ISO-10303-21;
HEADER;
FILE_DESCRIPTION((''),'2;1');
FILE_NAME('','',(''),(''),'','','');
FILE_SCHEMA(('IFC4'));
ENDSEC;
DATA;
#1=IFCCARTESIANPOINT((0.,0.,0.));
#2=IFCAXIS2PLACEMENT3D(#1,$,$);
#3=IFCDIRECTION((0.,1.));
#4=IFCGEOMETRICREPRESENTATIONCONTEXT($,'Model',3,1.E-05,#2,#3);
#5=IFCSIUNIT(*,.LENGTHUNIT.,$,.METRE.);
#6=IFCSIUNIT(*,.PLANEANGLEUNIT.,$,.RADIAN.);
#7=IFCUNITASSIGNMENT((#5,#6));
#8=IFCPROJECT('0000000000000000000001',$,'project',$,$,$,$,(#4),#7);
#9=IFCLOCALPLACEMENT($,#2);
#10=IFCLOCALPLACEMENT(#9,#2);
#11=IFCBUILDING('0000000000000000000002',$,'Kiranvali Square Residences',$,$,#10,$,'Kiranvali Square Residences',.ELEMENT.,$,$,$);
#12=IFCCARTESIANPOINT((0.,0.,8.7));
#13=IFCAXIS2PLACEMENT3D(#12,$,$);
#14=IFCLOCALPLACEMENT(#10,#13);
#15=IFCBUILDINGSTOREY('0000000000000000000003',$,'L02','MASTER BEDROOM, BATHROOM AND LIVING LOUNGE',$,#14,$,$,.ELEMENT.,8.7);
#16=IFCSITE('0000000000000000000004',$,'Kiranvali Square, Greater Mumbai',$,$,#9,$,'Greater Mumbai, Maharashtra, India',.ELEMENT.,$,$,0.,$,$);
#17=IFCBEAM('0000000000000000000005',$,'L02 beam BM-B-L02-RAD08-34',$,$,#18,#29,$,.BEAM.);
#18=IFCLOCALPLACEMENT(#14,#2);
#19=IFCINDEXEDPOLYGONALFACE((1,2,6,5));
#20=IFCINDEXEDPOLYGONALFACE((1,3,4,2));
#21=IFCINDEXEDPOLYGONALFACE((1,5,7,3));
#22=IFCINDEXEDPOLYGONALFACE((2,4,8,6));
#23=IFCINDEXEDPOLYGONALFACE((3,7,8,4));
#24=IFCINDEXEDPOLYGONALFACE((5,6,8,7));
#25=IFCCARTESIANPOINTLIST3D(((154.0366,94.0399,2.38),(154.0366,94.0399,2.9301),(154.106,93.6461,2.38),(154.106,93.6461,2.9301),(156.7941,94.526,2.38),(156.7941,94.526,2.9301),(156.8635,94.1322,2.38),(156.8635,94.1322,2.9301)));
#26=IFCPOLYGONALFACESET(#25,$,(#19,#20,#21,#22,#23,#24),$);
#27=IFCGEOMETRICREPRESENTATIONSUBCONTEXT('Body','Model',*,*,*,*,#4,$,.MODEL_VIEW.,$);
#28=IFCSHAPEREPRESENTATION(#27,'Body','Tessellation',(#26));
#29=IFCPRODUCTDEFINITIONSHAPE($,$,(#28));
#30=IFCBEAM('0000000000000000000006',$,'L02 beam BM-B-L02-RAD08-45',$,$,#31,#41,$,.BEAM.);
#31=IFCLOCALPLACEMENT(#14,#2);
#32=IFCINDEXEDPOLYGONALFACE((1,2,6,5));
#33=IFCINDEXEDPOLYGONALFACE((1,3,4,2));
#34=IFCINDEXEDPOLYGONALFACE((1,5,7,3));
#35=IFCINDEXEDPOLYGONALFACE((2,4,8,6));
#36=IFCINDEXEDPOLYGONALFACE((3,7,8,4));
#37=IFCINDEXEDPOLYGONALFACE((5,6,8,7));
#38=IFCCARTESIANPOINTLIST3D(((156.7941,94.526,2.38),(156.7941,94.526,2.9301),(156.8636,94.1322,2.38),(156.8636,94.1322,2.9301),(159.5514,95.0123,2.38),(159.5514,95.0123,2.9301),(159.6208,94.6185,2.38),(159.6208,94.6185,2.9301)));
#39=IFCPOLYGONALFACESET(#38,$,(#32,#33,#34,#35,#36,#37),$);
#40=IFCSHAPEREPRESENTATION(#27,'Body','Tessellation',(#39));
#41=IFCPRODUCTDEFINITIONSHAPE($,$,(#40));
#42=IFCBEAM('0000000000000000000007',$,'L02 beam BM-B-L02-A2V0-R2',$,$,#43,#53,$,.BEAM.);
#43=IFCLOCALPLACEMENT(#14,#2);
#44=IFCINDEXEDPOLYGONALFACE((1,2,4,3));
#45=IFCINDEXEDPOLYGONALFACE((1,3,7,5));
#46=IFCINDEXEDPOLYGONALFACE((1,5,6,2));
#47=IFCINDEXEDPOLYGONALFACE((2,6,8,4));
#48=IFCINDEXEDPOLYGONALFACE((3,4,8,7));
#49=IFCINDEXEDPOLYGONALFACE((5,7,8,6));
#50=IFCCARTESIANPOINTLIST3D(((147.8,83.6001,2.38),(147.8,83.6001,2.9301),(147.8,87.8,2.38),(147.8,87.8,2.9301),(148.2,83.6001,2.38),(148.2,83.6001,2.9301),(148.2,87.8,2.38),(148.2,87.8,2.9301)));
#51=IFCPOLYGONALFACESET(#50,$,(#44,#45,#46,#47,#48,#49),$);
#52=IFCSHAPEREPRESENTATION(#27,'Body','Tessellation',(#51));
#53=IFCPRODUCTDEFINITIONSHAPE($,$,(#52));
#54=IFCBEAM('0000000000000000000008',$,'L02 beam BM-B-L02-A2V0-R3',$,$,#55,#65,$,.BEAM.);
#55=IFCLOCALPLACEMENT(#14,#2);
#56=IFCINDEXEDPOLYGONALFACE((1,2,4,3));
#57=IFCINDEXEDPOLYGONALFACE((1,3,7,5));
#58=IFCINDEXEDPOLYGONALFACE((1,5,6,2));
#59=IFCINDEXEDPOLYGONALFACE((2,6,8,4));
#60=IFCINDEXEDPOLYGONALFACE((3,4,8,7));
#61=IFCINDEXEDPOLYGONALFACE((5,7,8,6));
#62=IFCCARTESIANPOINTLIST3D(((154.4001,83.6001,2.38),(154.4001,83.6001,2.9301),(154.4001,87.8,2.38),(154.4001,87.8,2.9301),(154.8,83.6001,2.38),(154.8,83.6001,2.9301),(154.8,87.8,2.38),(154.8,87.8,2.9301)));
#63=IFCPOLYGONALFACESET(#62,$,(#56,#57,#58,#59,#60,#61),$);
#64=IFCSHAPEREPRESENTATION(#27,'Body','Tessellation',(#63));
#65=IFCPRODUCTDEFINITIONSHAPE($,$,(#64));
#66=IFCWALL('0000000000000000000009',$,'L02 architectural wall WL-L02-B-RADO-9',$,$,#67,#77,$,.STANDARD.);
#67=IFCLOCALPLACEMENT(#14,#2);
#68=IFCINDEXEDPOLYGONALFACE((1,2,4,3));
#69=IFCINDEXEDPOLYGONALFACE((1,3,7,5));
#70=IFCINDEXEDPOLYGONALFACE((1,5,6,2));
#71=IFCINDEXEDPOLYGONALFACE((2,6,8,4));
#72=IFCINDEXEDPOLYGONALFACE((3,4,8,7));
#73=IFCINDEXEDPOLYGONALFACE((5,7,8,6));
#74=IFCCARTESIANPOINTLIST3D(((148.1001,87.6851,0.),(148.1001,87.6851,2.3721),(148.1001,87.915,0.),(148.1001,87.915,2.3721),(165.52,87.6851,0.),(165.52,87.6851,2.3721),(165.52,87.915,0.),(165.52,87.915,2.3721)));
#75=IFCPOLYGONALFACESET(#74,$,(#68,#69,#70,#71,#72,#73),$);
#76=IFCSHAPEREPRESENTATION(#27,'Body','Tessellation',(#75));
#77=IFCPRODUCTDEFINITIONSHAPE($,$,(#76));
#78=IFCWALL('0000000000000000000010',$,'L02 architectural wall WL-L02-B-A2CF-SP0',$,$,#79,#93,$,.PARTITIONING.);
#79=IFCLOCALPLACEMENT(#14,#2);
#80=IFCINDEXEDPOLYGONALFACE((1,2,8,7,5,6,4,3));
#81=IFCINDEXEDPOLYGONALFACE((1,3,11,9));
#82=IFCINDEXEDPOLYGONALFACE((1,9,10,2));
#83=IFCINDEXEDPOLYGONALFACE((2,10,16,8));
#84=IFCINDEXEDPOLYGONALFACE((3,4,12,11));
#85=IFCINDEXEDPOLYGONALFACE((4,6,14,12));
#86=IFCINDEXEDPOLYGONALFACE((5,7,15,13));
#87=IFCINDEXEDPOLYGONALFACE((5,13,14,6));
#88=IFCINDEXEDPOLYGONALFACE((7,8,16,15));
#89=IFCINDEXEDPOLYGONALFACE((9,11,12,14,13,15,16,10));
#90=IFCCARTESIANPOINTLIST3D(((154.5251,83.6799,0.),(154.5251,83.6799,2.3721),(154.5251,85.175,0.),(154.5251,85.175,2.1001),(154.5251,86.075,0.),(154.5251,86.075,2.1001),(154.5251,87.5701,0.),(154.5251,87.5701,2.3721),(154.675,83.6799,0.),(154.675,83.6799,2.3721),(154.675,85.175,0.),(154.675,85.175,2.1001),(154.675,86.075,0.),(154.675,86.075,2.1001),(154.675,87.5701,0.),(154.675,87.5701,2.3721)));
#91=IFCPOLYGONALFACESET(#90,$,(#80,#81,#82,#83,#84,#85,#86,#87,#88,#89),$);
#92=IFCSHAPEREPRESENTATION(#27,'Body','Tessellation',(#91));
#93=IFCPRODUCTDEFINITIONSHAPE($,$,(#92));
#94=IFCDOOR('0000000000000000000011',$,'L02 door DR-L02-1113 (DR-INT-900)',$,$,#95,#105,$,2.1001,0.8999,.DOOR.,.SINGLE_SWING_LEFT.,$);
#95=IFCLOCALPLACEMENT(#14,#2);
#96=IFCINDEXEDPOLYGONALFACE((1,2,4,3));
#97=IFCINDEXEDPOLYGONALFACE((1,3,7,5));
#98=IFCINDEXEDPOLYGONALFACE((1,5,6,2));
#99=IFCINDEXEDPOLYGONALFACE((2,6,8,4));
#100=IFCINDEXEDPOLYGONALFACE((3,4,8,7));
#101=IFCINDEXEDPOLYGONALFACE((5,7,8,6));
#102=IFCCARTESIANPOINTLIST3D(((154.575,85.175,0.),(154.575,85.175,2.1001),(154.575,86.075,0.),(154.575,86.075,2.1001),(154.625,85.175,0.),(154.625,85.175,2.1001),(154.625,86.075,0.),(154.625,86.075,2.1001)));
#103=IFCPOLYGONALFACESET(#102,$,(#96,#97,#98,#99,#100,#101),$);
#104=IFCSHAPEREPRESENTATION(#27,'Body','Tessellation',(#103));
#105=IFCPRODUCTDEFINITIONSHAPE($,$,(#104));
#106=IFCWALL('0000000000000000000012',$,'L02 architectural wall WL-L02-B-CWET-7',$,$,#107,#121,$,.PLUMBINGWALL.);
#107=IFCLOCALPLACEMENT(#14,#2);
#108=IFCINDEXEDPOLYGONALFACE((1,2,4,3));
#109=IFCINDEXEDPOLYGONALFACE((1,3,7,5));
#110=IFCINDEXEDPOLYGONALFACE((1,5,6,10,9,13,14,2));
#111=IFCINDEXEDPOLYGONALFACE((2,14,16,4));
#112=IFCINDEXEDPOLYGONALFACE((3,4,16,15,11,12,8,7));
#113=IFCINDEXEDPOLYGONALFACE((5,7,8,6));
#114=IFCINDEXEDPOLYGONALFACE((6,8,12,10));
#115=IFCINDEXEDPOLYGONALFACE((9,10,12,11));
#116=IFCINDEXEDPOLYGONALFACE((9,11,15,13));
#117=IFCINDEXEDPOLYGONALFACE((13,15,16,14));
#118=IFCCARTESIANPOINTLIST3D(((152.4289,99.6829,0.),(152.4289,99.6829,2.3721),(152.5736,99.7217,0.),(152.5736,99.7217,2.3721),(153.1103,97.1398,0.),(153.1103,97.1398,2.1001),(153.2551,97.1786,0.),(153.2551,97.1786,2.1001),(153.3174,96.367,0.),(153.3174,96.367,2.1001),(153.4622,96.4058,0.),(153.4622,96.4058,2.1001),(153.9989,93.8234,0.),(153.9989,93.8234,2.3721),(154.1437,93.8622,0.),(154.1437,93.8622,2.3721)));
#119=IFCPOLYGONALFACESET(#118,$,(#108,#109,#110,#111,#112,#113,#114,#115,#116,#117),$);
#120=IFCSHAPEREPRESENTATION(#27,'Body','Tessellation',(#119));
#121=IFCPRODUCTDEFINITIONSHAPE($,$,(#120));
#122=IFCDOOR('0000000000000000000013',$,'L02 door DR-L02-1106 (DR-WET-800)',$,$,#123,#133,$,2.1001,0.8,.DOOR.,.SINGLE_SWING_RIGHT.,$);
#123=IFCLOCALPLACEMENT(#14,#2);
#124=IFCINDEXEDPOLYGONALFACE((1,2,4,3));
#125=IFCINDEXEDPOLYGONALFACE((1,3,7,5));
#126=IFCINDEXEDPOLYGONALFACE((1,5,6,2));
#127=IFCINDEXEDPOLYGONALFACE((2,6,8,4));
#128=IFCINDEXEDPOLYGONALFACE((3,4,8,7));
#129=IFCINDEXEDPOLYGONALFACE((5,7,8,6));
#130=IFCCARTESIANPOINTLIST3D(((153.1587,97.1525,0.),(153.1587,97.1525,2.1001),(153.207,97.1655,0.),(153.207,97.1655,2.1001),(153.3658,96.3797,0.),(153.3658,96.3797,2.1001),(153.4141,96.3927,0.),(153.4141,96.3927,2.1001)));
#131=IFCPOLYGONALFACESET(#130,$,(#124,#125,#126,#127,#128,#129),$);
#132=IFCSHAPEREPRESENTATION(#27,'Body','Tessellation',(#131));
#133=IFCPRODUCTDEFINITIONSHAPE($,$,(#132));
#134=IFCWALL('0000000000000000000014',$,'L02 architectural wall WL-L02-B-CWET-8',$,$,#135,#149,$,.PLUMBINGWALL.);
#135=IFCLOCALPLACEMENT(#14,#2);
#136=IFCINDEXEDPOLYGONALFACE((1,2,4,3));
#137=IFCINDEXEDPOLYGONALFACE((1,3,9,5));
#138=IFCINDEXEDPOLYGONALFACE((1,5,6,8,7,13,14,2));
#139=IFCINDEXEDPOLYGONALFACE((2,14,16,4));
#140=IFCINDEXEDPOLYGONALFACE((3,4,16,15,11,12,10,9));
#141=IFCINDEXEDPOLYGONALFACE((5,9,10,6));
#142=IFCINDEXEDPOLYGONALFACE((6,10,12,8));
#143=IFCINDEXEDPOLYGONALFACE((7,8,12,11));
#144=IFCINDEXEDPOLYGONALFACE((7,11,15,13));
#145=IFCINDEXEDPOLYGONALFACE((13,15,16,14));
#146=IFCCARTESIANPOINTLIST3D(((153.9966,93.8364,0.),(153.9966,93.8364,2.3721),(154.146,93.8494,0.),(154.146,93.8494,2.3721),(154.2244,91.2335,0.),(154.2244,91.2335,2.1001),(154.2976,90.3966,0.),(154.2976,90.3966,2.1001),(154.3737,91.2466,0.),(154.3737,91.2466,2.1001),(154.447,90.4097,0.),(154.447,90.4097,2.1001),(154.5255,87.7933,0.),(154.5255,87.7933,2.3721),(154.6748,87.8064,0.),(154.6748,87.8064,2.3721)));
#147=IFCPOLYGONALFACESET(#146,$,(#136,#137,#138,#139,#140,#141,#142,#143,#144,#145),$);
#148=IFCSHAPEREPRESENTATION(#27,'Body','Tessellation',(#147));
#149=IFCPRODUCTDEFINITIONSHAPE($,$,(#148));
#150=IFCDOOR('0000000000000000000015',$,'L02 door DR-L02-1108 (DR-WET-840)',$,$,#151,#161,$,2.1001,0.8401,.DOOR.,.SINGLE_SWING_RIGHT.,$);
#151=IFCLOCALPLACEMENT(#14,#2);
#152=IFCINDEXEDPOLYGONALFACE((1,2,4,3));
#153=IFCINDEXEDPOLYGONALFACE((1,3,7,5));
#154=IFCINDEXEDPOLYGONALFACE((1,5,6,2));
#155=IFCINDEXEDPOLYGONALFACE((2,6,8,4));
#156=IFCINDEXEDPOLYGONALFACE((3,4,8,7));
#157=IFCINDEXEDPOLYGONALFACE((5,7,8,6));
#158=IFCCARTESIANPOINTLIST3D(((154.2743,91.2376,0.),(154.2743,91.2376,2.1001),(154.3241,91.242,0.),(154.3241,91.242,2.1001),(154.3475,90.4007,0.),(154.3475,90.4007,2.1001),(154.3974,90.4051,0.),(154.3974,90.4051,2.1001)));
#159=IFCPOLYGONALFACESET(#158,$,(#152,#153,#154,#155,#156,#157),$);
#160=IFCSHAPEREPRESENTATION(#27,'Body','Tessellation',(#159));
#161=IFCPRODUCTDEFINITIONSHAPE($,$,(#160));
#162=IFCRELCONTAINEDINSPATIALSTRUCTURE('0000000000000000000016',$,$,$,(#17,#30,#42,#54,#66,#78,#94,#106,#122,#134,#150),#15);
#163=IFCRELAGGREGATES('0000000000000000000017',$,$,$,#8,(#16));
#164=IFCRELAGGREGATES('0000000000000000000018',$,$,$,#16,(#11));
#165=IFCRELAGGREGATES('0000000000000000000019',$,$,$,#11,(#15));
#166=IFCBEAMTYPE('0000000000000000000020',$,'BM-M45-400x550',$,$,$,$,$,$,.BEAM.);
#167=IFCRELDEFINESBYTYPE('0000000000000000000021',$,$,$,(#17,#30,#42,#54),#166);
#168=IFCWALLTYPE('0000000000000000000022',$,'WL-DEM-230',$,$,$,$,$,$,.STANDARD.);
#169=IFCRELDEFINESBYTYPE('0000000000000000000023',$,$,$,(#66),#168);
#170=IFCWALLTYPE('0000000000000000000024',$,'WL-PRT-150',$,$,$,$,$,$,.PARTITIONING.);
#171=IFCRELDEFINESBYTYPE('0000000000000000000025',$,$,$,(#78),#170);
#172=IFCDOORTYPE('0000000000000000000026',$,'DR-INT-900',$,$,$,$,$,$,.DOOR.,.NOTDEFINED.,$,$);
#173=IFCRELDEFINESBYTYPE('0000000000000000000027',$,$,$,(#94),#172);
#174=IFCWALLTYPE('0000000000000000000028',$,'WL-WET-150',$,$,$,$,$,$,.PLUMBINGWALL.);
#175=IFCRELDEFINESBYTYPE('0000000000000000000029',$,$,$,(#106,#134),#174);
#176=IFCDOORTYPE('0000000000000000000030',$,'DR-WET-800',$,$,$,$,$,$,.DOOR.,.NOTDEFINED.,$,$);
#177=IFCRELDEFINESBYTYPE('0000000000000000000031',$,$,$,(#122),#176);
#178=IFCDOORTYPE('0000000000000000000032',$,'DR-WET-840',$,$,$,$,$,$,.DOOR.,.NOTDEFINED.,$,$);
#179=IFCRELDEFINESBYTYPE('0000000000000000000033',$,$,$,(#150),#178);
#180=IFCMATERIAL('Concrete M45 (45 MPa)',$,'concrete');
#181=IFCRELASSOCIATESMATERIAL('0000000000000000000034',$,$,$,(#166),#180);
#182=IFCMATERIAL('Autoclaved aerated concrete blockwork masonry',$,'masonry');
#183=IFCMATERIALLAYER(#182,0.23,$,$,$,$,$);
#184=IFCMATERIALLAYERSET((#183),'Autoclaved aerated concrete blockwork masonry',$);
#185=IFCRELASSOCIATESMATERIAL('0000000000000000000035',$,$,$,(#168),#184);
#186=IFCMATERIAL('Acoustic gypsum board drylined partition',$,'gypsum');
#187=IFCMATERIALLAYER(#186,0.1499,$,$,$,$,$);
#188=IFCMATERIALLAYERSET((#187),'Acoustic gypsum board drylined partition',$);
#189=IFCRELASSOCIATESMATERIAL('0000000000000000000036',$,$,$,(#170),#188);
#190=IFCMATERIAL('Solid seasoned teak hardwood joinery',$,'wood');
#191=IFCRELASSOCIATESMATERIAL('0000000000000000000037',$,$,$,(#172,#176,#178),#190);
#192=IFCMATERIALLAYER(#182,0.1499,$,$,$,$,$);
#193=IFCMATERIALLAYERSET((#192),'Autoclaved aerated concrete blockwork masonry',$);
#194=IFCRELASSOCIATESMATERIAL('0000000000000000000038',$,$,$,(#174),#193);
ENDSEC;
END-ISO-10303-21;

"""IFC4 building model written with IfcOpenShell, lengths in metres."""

from ifc_helpers import new_model, si_unit, direction, frame, frame_2d, origin, origin_2d, place, context, subcontext, project, spatial, rectangle, extrude, material, layer, layer_set, material_profile, profile_set, type_object, element, fill, save


model = new_model("IFC4")

# Units and contexts
model_context = context("Model", 3, precision=1e-05, world=origin(), true_north=direction((0.0, 1.0)))
body_context = subcontext(model_context, "Body", "Model", "MODEL_VIEW")
ifc_project = project(units=[si_unit("LENGTHUNIT", "METRE"), si_unit("PLANEANGLEUNIT", "RADIAN")], contexts=[model_context])

# Site, building, storey
site_placement = place(None, origin())
site = spatial("IfcSite", under=ifc_project, at=site_placement, Name="Kiranvali Square, Greater Mumbai", LongName="Greater Mumbai, Maharashtra, India", CompositionType="ELEMENT", RefElevation=0.0)
building_placement = place(site_placement, origin())
building = spatial("IfcBuilding", under=site, at=building_placement, Name="Kiranvali Square Residences", LongName="Kiranvali Square Residences", CompositionType="ELEMENT")
storey_placement = place(building_placement, frame((0.0, 0.0, 8.7)))
storey = spatial("IfcBuildingStorey", under=building, at=storey_placement, Name="L02", Description="MASTER BEDROOM, BATHROOM AND LIVING LOUNGE", CompositionType="ELEMENT", Elevation=8.7)

# Shared definitions
ifc_material_1 = material(Name="Concrete M45 (45 MPa)", Category="concrete")

# Beams
ifc_material_profile_1 = material_profile(ifc_material_1, rectangle(XDim=0.3999, YDim=0.55, at=origin_2d()), Name="RC 400x550")
ifc_profile_set_1 = profile_set([ifc_material_profile_1], Name="Concrete M45 (45 MPa)")
beam_type_1 = type_object("IfcBeamType", Name="BM-M45-400x550", PredefinedType="BEAM", material=ifc_profile_set_1)
beam_1_placement = place(storey_placement, frame((154.0713, 93.843, 2.655), z_axis=(0.984817, 0.173596, 0.0), x_axis=(-0.173596, 0.984817, 0.0)))
element("IfcBeam", 1, at=beam_1_placement, inside=storey, type_object=beam_type_1, Name="L02 beam BM-B-L02-RAD08-34", PredefinedType="BEAM", context=body_context, shape_type="SweptSolid", body=[
    extrude(rectangle(XDim=0.3999, YDim=0.55, at=origin_2d()), origin(), (0.0, 0.0, 1.0), 2.8),
])
beam_2_placement = place(storey_placement, frame((156.8289, 94.3291, 2.655), z_axis=(0.984799, 0.173696, 0.0), x_axis=(-0.173696, 0.984799, 0.0)))
element("IfcBeam", 2, at=beam_2_placement, inside=storey, type_object=beam_type_1, Name="L02 beam BM-B-L02-RAD08-45", PredefinedType="BEAM", context=body_context, shape_type="SweptSolid", body=[
    extrude(rectangle(XDim=0.3999, YDim=0.55, at=origin_2d()), origin(), (0.0, 0.0, 1.0), 2.7998),
])
for number, where, z_axis, x_axis, name in (
    (3, (148.0, 87.8, 2.655), (0.0, -1.0, 0.0), (1.0, 0.0, 0.0), "L02 beam BM-B-L02-A2V0-R2"),
    (4, (154.6001, 87.8, 2.655), (0.0, -1.0, 0.0), (1.0, 0.0, 0.0), "L02 beam BM-B-L02-A2V0-R3"),
):
    element("IfcBeam", number, at=place(storey_placement, frame(where, z_axis=z_axis, x_axis=x_axis)), inside=storey, type_object=beam_type_1, Name=name, PredefinedType="BEAM", context=body_context, shape_type="SweptSolid", body=[
        extrude(rectangle(XDim=0.3999, YDim=0.55, at=origin_2d()), origin(), (0.0, 0.0, 1.0), 4.2),
    ])

# Wall
ifc_material_2 = material(Name="Autoclaved aerated concrete blockwork masonry", Category="masonry")
ifc_layer_1 = layer(ifc_material_2, 0.23)
ifc_layer_set_1 = layer_set([ifc_layer_1], Name="Autoclaved aerated concrete blockwork masonry")
wall_type_1 = type_object("IfcWallType", Name="WL-DEM-230", PredefinedType="STANDARD", material=ifc_layer_set_1)
wall_1_placement = place(storey_placement, frame((148.1001, 87.8, 0.0), z_axis=(0.0, 0.0, 1.0), x_axis=(1.0, 0.0, 0.0)))
element("IfcWall", 5, at=wall_1_placement, inside=storey, type_object=wall_type_1, Name="L02 architectural wall WL-L02-B-RADO-9", PredefinedType="STANDARD", context=body_context, shape_type="SweptSolid", body=[
    extrude(rectangle(XDim=17.4199, YDim=0.23, at=frame_2d((8.71, 0.0))), origin(), (0.0, 0.0, 1.0), 2.3721),
])

# Walls, openings, doors
ifc_material_3 = material(Name="Acoustic gypsum board drylined partition", Category="gypsum")
ifc_layer_2 = layer(ifc_material_3, 0.1499)
ifc_layer_set_2 = layer_set([ifc_layer_2], Name="Acoustic gypsum board drylined partition")
wall_type_2 = type_object("IfcWallType", Name="WL-PRT-150", PredefinedType="PARTITIONING", material=ifc_layer_set_2)
wall_2_placement = place(storey_placement, frame((154.6001, 87.5701, 0.0), z_axis=(0.0, 0.0, 1.0), x_axis=(0.0, -1.0, 0.0)))
wall_2 = element("IfcWall", 6, at=wall_2_placement, inside=storey, type_object=wall_type_2, Name="L02 architectural wall WL-L02-B-A2CF-SP0", PredefinedType="PARTITIONING", context=body_context, shape_type="SweptSolid", body=[
    extrude(rectangle(XDim=3.8901, YDim=0.1499, at=frame_2d((1.9451, 0.0))), origin(), (0.0, 0.0, 1.0), 2.3721),
])
opening_1_placement = place(wall_2_placement, frame((1.4951, 0.0, 0.0)))
opening_1 = element("IfcOpeningElement", 7, at=opening_1_placement, cuts=wall_2, PredefinedType="OPENING", context=body_context, shape_type="SweptSolid", body=[
    extrude(rectangle(XDim=0.8999, YDim=2.1001, at=frame_2d((0.45, 1.05))), frame((0.0, 0.085, 0.0), z_axis=(0.0, -1.0, 0.0), x_axis=(1.0, 0.0, 0.0)), (0.0, 0.0, 1.0), 0.1699),
])
ifc_material_4 = material(Name="Solid seasoned teak hardwood joinery", Category="wood")
door_type_1 = type_object("IfcDoorType", Name="DR-INT-900", OperationType="NOTDEFINED", PredefinedType="DOOR", material=ifc_material_4)
door_1_placement = place(opening_1_placement, origin())
door_1 = element("IfcDoor", 8, at=door_1_placement, inside=storey, type_object=door_type_1, Name="L02 door DR-L02-1113 (DR-INT-900)", OperationType="SINGLE_SWING_LEFT", OverallHeight=2.1001, OverallWidth=0.8999, PredefinedType="DOOR", context=body_context, shape_type="SweptSolid", body=[
    extrude(rectangle(XDim=0.8999, YDim=2.1001, at=frame_2d((0.45, 1.05))), frame((0.0, 0.0249, 0.0), z_axis=(0.0, -1.0, 0.0), x_axis=(1.0, 0.0, 0.0)), (0.0, 0.0, 1.0), 0.05),
])
fill(opening_1, door_1)
ifc_layer_3 = layer(ifc_material_2, 0.1499)
ifc_layer_set_3 = layer_set([ifc_layer_3], Name="Autoclaved aerated concrete blockwork masonry")
wall_type_3 = type_object("IfcWallType", Name="WL-WET-150", PredefinedType="PLUMBINGWALL", material=ifc_layer_set_3)
wall_3_placement = place(storey_placement, frame((152.5012, 99.7024, 0.0), z_axis=(0.0, 0.0, 1.0), x_axis=(0.258827, -0.965924, 0.0)))
wall_3 = element("IfcWall", 9, at=wall_3_placement, inside=storey, type_object=wall_type_3, Name="L02 architectural wall WL-L02-B-CWET-7", PredefinedType="PLUMBINGWALL", context=body_context, shape_type="SweptSolid", body=[
    extrude(rectangle(XDim=6.0662, YDim=0.1499, at=frame_2d((3.0332, 0.0))), origin(), (0.0, 0.0, 1.0), 2.3721),
])
opening_2_placement = place(wall_3_placement, frame((2.6331, 0.0, 0.0)))
opening_2 = element("IfcOpeningElement", 10, at=opening_2_placement, cuts=wall_3, PredefinedType="OPENING", context=body_context, shape_type="SweptSolid", body=[
    extrude(rectangle(XDim=0.8, YDim=2.1001, at=frame_2d((0.3999, 1.05))), frame((0.0, 0.085, 0.0), z_axis=(0.0, -1.0, 0.0), x_axis=(1.0, 0.0, 0.0)), (0.0, 0.0, 1.0), 0.1699),
])
door_type_2 = type_object("IfcDoorType", Name="DR-WET-800", OperationType="NOTDEFINED", PredefinedType="DOOR", material=ifc_material_4)
door_2_placement = place(opening_2_placement, frame((0.8, 0.0, 0.0), z_axis=(0.0, 0.0, 1.0), x_axis=(-1.0, 0.0, 0.0)))
door_2 = element("IfcDoor", 11, at=door_2_placement, inside=storey, type_object=door_type_2, Name="L02 door DR-L02-1106 (DR-WET-800)", OperationType="SINGLE_SWING_RIGHT", OverallHeight=2.1001, OverallWidth=0.8, PredefinedType="DOOR", context=body_context, shape_type="SweptSolid", body=[
    extrude(rectangle(XDim=0.8, YDim=2.1001, at=frame_2d((0.3999, 1.05))), frame((0.0, 0.0249, 0.0), z_axis=(0.0, -1.0, 0.0), x_axis=(1.0, 0.0, 0.0)), (0.0, 0.0, 1.0), 0.05),
])
fill(opening_2, door_2)
wall_4_placement = place(storey_placement, frame((154.0713, 93.843, 0.0), z_axis=(0.0, 0.0, 1.0), x_axis=(0.087175, -0.996193, 0.0)))
wall_4 = element("IfcWall", 12, at=wall_4_placement, inside=storey, type_object=wall_type_3, Name="L02 architectural wall WL-L02-B-CWET-8", PredefinedType="PLUMBINGWALL", context=body_context, shape_type="SweptSolid", body=[
    extrude(rectangle(XDim=6.0662, YDim=0.1499, at=frame_2d((3.0332, 0.0))), origin(), (0.0, 0.0, 1.0), 2.3721),
])
opening_3_placement = place(wall_4_placement, frame((2.613, 0.0, 0.0)))
opening_3 = element("IfcOpeningElement", 13, at=opening_3_placement, cuts=wall_4, PredefinedType="OPENING", context=body_context, shape_type="SweptSolid", body=[
    extrude(rectangle(XDim=0.8401, YDim=2.1001, at=frame_2d((0.4199, 1.05))), frame((0.0, 0.085, 0.0), z_axis=(0.0, -1.0, 0.0), x_axis=(1.0, 0.0, 0.0)), (0.0, 0.0, 1.0), 0.1699),
])
door_type_3 = type_object("IfcDoorType", Name="DR-WET-840", OperationType="NOTDEFINED", PredefinedType="DOOR", material=ifc_material_4)
door_3_placement = place(opening_3_placement, frame((0.8401, 0.0, 0.0), z_axis=(0.0, 0.0, 1.0), x_axis=(-1.0, 0.0, 0.0)))
door_3 = element("IfcDoor", 14, at=door_3_placement, inside=storey, type_object=door_type_3, Name="L02 door DR-L02-1108 (DR-WET-840)", OperationType="SINGLE_SWING_RIGHT", OverallHeight=2.1001, OverallWidth=0.8401, PredefinedType="DOOR", context=body_context, shape_type="SweptSolid", body=[
    extrude(rectangle(XDim=0.8401, YDim=2.1001, at=frame_2d((0.4199, 1.05))), frame((0.0, 0.0249, 0.0), z_axis=(0.0, -1.0, 0.0), x_axis=(1.0, 0.0, 0.0)), (0.0, 0.0, 1.0), 0.05),
])
fill(opening_3, door_3)

save(model, "model.ifc")
